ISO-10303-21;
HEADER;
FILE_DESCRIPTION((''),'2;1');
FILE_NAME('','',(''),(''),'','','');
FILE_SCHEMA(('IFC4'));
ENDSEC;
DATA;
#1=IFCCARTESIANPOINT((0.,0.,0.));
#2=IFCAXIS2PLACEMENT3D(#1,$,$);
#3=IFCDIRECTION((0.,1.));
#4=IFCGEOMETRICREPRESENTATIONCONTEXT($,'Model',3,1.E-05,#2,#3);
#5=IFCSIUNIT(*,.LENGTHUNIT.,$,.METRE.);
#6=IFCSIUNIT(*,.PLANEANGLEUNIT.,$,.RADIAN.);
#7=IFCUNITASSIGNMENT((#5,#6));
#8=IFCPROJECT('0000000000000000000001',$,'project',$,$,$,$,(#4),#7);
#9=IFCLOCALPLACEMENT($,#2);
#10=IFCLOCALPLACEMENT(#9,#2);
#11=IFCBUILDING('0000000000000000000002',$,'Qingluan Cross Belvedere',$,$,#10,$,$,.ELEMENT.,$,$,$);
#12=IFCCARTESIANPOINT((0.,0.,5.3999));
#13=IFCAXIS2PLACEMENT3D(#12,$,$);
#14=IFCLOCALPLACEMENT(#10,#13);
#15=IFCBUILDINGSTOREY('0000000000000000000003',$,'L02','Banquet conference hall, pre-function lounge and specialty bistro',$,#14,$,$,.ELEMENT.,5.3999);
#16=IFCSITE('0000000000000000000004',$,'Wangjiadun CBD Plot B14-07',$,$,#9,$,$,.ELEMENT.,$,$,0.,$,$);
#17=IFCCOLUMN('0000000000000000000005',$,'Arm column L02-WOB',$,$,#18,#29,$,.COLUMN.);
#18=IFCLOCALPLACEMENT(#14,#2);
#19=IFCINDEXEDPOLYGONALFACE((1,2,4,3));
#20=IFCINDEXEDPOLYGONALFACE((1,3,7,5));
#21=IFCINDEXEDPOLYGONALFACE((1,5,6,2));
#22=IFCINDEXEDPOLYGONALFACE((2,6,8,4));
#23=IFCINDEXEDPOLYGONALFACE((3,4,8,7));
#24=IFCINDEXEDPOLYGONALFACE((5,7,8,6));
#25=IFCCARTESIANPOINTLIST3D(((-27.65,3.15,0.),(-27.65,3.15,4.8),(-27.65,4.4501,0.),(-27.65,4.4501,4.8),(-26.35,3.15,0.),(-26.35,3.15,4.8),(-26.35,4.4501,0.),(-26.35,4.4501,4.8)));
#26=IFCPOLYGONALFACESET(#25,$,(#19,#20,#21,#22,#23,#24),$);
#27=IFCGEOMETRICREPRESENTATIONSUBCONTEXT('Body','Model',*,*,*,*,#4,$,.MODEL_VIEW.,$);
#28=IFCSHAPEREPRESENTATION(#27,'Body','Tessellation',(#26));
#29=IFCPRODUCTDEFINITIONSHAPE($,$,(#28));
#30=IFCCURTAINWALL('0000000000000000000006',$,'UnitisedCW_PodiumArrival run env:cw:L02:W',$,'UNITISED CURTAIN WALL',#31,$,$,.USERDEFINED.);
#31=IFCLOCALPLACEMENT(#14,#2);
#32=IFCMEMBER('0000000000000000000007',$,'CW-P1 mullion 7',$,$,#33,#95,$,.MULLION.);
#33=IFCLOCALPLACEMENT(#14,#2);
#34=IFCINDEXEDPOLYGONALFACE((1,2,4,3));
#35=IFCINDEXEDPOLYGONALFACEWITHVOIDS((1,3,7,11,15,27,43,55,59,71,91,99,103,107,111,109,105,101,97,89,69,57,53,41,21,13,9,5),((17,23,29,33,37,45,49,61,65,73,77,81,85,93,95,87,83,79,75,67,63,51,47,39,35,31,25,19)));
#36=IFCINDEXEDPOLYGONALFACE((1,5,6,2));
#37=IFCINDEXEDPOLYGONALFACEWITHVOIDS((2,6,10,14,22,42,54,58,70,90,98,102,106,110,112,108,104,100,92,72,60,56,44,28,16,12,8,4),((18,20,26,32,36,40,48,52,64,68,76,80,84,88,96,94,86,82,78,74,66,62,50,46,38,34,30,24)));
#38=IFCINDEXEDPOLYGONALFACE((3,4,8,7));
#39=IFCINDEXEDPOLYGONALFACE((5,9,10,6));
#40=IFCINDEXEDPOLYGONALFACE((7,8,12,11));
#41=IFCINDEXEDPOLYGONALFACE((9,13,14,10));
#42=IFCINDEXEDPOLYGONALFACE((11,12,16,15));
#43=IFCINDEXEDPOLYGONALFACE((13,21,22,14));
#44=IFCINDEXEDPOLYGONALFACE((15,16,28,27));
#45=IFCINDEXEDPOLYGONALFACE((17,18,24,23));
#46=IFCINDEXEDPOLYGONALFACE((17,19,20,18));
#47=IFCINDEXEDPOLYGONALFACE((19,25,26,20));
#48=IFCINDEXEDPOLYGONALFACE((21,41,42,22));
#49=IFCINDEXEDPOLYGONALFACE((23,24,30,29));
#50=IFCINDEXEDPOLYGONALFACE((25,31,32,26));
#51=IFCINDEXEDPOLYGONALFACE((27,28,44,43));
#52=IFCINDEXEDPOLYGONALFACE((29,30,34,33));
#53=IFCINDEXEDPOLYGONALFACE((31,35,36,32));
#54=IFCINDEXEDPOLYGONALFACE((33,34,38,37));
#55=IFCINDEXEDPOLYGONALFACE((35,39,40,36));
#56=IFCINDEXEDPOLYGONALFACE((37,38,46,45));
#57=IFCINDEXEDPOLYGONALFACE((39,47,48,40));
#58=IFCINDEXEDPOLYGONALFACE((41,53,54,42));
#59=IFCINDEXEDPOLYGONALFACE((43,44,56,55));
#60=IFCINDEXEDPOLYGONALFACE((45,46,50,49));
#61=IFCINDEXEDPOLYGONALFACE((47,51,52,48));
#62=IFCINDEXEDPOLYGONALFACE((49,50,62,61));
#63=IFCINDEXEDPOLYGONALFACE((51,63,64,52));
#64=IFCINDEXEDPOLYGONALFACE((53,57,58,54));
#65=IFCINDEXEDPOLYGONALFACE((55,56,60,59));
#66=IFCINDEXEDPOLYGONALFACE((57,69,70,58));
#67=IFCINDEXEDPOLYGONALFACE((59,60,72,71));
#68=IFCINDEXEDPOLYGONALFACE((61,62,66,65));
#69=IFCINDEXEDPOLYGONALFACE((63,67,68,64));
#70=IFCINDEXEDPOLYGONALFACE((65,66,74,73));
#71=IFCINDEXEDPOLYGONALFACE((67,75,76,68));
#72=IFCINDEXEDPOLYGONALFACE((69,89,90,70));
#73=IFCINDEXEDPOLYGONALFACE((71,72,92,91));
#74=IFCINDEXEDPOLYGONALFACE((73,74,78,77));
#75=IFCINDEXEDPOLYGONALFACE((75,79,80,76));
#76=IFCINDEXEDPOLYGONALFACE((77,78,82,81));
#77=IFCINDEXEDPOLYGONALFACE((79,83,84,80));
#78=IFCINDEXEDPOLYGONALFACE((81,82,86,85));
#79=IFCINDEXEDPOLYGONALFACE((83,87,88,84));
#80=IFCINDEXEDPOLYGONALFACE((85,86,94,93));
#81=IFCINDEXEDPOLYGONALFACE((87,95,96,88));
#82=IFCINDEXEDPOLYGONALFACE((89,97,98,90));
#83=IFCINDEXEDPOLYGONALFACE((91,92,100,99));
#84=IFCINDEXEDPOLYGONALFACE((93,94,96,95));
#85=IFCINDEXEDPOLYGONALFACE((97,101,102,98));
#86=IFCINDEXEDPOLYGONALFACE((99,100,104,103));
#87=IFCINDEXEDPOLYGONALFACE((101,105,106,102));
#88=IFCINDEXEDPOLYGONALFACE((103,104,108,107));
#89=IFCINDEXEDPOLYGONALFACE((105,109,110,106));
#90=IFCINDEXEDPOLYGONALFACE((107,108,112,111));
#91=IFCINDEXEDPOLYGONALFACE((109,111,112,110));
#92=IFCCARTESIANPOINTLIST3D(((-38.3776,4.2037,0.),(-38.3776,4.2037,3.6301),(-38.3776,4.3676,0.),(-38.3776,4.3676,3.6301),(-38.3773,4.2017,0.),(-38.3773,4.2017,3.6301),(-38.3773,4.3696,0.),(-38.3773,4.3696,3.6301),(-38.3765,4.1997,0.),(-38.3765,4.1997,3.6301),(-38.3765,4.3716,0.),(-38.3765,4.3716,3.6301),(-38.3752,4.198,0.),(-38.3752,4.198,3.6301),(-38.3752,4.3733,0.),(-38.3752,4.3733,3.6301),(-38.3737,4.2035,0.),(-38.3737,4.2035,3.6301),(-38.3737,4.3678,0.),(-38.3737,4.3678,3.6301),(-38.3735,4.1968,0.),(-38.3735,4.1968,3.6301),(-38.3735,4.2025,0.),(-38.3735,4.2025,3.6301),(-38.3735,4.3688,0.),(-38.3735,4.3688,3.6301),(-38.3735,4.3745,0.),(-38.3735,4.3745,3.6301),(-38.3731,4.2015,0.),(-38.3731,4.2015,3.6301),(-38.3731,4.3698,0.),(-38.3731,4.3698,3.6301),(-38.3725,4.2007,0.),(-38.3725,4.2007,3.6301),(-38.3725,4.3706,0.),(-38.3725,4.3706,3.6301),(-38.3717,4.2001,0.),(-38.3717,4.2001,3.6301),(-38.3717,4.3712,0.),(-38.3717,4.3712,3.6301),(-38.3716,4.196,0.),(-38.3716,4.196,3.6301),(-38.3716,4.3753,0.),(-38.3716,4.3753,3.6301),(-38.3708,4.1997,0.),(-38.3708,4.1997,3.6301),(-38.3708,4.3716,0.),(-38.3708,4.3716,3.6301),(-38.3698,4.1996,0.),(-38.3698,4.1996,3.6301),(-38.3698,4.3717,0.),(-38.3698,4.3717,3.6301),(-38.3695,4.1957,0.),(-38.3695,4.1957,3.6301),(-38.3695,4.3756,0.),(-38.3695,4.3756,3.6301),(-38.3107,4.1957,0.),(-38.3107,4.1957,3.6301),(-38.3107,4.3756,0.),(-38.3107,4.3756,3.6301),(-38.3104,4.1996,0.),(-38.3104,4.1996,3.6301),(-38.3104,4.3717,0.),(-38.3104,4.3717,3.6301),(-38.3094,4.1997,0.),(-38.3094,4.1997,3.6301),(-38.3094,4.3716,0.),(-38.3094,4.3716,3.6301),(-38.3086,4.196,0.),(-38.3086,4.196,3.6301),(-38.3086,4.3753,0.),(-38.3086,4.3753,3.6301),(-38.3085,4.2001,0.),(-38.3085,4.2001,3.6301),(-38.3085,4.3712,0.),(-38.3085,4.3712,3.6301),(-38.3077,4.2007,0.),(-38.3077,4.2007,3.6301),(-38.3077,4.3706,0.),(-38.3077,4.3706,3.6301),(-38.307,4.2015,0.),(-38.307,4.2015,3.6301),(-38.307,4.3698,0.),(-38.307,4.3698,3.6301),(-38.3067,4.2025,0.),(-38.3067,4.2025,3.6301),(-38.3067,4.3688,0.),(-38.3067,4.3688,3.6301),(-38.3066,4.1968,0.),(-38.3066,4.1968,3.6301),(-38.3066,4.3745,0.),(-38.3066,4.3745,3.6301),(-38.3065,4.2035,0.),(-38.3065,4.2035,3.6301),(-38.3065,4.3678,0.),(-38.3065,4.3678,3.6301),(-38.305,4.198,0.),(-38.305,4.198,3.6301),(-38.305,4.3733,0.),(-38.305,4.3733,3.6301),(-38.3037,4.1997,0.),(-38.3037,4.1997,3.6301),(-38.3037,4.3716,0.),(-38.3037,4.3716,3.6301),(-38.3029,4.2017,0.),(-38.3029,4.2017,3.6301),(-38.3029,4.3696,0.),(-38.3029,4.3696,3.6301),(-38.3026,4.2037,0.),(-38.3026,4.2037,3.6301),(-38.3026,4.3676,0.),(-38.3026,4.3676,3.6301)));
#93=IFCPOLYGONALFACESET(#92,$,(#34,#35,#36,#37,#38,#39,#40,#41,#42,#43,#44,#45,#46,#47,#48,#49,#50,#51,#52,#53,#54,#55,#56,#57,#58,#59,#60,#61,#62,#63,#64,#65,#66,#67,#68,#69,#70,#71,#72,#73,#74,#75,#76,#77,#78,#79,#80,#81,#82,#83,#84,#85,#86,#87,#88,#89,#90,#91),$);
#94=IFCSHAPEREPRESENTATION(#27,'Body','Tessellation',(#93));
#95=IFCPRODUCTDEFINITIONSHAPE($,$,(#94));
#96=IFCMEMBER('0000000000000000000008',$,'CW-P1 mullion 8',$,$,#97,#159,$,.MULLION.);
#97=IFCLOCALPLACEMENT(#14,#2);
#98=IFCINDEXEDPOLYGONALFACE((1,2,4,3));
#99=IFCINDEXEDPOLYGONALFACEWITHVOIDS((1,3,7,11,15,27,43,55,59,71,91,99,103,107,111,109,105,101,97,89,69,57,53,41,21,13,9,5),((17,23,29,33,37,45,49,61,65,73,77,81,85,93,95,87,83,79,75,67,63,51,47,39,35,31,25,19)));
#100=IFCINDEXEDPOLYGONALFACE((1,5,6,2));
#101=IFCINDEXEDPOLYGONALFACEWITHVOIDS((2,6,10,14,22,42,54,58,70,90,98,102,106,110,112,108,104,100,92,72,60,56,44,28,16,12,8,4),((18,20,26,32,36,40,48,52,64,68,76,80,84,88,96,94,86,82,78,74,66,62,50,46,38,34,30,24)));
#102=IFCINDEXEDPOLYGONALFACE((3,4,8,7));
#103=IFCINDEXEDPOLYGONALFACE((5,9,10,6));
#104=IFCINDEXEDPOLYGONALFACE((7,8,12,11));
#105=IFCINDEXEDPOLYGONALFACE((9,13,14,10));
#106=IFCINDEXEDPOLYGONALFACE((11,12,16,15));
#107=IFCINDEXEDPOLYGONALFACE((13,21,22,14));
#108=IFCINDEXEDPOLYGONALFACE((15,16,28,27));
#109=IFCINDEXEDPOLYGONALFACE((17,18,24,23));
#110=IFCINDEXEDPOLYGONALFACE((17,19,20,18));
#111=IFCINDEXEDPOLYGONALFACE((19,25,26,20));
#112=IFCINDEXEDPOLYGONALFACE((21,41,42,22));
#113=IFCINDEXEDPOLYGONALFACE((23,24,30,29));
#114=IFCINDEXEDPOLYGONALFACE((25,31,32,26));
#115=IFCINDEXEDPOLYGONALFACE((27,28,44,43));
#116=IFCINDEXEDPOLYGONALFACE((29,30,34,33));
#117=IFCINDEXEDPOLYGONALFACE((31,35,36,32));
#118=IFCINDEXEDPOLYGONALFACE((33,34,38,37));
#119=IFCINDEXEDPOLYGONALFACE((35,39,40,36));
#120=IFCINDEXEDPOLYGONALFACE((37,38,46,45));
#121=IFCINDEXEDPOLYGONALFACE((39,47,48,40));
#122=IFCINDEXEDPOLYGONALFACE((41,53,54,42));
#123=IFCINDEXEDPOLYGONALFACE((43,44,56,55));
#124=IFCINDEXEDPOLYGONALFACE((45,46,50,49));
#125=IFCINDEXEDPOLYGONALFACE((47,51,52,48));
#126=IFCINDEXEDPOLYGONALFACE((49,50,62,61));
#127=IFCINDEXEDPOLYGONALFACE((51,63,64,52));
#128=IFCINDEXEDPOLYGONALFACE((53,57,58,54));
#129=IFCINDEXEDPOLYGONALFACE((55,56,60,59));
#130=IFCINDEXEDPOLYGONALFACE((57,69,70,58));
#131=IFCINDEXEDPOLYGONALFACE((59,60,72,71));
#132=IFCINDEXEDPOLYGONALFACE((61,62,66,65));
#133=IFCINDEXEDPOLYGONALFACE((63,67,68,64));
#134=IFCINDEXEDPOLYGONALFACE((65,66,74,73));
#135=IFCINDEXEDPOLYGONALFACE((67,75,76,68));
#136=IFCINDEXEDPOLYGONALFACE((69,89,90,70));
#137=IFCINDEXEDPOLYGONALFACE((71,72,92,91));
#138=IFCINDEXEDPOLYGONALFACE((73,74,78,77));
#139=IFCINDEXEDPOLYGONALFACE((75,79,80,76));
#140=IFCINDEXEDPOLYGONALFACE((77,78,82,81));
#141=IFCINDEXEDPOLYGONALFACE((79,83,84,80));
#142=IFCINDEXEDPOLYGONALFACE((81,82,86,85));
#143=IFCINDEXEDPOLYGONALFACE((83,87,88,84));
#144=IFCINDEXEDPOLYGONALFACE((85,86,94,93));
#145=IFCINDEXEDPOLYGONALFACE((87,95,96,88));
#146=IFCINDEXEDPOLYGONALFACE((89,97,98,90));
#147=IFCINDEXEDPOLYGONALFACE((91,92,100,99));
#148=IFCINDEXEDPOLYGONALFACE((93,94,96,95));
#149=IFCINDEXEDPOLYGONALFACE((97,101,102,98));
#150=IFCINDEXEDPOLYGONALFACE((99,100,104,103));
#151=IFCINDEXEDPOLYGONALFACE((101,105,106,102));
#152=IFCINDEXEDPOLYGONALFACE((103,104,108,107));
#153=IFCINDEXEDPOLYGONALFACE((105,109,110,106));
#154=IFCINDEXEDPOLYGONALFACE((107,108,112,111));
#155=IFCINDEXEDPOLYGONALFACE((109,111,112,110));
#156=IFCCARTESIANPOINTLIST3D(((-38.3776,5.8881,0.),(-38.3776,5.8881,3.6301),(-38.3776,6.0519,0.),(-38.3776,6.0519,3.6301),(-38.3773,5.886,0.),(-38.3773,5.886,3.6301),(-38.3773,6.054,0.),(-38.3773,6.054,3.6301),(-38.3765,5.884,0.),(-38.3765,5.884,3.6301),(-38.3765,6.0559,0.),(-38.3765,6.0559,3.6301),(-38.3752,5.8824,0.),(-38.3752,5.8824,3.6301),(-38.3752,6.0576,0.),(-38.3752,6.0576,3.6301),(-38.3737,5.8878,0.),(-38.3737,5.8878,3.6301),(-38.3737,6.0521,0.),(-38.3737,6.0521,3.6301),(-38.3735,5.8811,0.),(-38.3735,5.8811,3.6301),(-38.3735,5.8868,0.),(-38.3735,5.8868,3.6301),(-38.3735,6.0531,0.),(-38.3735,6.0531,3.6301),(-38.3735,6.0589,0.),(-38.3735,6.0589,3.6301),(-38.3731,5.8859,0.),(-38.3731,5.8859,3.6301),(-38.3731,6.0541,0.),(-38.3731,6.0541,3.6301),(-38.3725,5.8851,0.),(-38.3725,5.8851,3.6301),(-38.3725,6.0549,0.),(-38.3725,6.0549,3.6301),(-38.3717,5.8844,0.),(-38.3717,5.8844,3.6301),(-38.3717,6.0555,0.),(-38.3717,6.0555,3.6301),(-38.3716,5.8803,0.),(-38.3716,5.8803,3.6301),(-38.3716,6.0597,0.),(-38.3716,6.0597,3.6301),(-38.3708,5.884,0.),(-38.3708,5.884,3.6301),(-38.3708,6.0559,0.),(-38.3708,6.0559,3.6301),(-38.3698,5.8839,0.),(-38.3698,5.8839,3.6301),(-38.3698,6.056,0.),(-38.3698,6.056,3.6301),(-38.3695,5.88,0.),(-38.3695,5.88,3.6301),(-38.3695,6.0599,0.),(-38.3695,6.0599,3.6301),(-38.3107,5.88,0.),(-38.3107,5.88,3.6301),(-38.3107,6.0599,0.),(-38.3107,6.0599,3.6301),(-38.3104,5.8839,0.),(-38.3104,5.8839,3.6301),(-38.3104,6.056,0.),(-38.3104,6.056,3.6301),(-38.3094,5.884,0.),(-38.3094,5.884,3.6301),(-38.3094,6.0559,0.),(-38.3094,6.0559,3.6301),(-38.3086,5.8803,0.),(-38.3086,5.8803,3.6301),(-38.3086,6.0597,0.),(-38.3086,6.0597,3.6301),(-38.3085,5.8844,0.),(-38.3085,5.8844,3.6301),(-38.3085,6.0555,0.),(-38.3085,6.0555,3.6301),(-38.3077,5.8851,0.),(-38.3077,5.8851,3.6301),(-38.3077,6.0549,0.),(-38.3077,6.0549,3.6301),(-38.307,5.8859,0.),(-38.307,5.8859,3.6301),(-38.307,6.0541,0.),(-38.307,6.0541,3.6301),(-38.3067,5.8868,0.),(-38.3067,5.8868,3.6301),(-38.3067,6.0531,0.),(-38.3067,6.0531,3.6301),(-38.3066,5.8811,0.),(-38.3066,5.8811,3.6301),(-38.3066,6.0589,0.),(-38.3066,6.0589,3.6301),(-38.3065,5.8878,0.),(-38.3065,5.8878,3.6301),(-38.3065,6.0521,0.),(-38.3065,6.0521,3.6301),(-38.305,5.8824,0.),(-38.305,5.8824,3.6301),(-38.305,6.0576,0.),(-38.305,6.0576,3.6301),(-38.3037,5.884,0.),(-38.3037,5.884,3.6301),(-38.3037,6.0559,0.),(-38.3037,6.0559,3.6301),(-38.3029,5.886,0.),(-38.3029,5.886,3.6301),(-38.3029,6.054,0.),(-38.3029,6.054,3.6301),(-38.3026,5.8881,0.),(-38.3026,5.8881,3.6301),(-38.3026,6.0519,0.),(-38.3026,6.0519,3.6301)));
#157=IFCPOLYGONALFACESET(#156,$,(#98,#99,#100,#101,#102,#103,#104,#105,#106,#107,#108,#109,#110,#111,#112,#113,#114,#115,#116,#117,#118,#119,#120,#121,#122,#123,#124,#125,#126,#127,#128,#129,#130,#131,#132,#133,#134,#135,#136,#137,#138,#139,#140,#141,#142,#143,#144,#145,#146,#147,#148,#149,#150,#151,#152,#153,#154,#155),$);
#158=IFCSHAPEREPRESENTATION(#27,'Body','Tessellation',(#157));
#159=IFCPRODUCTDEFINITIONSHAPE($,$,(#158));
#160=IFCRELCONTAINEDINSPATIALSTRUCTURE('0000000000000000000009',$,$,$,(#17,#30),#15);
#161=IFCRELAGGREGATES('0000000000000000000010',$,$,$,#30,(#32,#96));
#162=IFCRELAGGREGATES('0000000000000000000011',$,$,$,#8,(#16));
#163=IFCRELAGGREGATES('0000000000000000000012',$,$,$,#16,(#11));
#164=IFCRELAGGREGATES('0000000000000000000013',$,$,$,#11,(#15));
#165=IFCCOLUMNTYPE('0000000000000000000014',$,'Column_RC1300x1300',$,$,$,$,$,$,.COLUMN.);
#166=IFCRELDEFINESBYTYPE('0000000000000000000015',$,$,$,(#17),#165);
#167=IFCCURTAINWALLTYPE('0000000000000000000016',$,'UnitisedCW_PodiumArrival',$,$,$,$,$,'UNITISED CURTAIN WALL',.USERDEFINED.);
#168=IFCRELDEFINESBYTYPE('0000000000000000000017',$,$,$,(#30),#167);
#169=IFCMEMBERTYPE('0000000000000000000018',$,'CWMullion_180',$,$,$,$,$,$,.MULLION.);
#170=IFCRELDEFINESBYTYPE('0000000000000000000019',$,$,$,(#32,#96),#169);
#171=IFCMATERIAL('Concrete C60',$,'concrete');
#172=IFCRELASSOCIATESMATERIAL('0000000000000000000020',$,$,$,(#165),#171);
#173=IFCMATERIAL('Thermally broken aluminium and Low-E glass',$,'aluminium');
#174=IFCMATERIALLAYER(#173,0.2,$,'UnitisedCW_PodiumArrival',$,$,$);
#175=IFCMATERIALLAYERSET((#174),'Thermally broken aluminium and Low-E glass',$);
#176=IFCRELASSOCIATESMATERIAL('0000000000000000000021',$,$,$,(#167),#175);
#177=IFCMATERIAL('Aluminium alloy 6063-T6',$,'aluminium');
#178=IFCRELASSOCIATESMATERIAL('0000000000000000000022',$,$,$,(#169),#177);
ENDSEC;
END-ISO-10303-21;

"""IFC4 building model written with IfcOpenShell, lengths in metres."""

from ifc_helpers import new_model, si_unit, direction, frame, origin, origin_2d, place, context, subcontext, project, spatial, rectangle, hollow_rectangle, extrude, material, layer, layer_set, material_profile, profile_set, type_object, element, aggregate, save


model = new_model("IFC4")

# Units and contexts
model_context = context("Model", 3, precision=1e-05, world=origin(), true_north=direction((0.0, 1.0)))
body_context = subcontext(model_context, "Body", "Model", "MODEL_VIEW")
ifc_project = project(units=[si_unit("LENGTHUNIT", "METRE"), si_unit("PLANEANGLEUNIT", "RADIAN")], contexts=[model_context])

# Site, building, storey
site_placement = place(None, origin())
site = spatial("IfcSite", under=ifc_project, at=site_placement, Name="Wangjiadun CBD Plot B14-07", CompositionType="ELEMENT", RefElevation=0.0)
building_placement = place(site_placement, origin())
building = spatial("IfcBuilding", under=site, at=building_placement, Name="Qingluan Cross Belvedere", CompositionType="ELEMENT")
storey_placement = place(building_placement, frame((0.0, 0.0, 5.3999)))
storey = spatial("IfcBuildingStorey", under=building, at=storey_placement, Name="L02", Description="Banquet conference hall, pre-function lounge and specialty bistro", CompositionType="ELEMENT", Elevation=5.3999)

# Column
ifc_material_1 = material(Name="Concrete C60", Category="concrete")
ifc_material_profile_1 = material_profile(ifc_material_1, rectangle(XDim=1.3, YDim=1.3, at=origin_2d()), Name="RC1300x1300")
ifc_profile_set_1 = profile_set([ifc_material_profile_1], Name="Concrete C60")
column_type = type_object("IfcColumnType", Name="Column_RC1300x1300", PredefinedType="COLUMN", material=ifc_profile_set_1)
column_placement = place(storey_placement, frame((-27.0, 3.8, 0.0), z_axis=(0.0, 0.0, 1.0), x_axis=(1.0, 0.0, 0.0)))
element("IfcColumn", 1, at=column_placement, inside=storey, type_object=column_type, Name="Arm column L02-WOB", PredefinedType="COLUMN", context=body_context, shape_type="SweptSolid", body=[
    extrude(rectangle(XDim=1.3, YDim=1.3, at=origin_2d()), origin(), (0.0, 0.0, 1.0), 4.8),
])

# Curtain wall, members
ifc_material_2 = material(Name="Thermally broken aluminium and Low-E glass", Category="aluminium")
ifc_layer_1 = layer(ifc_material_2, 0.2, Name="UnitisedCW_PodiumArrival")
ifc_layer_set_1 = layer_set([ifc_layer_1], Name="Thermally broken aluminium and Low-E glass")
curtain_wall_type = type_object("IfcCurtainWallType", Name="UnitisedCW_PodiumArrival", ElementType="UNITISED CURTAIN WALL", PredefinedType="USERDEFINED", material=ifc_layer_set_1)
curtain_wall_placement = place(storey_placement, origin())
curtain_wall = element("IfcCurtainWall", 2, at=curtain_wall_placement, inside=storey, type_object=curtain_wall_type, Name="UnitisedCW_PodiumArrival run env:cw:L02:W", ObjectType="UNITISED CURTAIN WALL", PredefinedType="USERDEFINED")
ifc_material_3 = material(Name="Aluminium alloy 6063-T6", Category="aluminium")
ifc_material_profile_2 = material_profile(ifc_material_3, hollow_rectangle(XDim=0.075, YDim=0.1799, WallThickness=0.0039, InnerFilletRadius=0.0039, OuterFilletRadius=0.0081, at=origin_2d()), Name="CWM180x75x4")
ifc_profile_set_2 = profile_set([ifc_material_profile_2], Name="Aluminium alloy 6063-T6")
member_type_1 = type_object("IfcMemberType", Name="CWMullion_180", PredefinedType="MULLION", material=ifc_profile_set_2)
member_1_placement = place(storey_placement, frame((-38.3401, 4.2856, 0.0), z_axis=(0.0, 0.0, 1.0), x_axis=(-1.0, 0.0, 0.0)))
member_1 = element("IfcMember", 3, at=member_1_placement, type_object=member_type_1, Name="CW-P1 mullion 7", PredefinedType="MULLION", context=body_context, shape_type="SweptSolid", body=[
    extrude(hollow_rectangle(XDim=0.075, YDim=0.1799, WallThickness=0.0039, InnerFilletRadius=0.0039, OuterFilletRadius=0.0081, at=origin_2d()), origin(), (0.0, 0.0, 1.0), 3.6301),
])
member_2_placement = place(storey_placement, frame((-38.3401, 5.97, 0.0), z_axis=(0.0, 0.0, 1.0), x_axis=(-1.0, 0.0, 0.0)))
member_2 = element("IfcMember", 4, at=member_2_placement, type_object=member_type_1, Name="CW-P1 mullion 8", PredefinedType="MULLION", context=body_context, shape_type="SweptSolid", body=[
    extrude(hollow_rectangle(XDim=0.075, YDim=0.1799, WallThickness=0.0039, InnerFilletRadius=0.0039, OuterFilletRadius=0.0081, at=origin_2d()), origin(), (0.0, 0.0, 1.0), 3.6301),
])

aggregate(curtain_wall, [member_1, member_2])

save(model, "model.ifc")
